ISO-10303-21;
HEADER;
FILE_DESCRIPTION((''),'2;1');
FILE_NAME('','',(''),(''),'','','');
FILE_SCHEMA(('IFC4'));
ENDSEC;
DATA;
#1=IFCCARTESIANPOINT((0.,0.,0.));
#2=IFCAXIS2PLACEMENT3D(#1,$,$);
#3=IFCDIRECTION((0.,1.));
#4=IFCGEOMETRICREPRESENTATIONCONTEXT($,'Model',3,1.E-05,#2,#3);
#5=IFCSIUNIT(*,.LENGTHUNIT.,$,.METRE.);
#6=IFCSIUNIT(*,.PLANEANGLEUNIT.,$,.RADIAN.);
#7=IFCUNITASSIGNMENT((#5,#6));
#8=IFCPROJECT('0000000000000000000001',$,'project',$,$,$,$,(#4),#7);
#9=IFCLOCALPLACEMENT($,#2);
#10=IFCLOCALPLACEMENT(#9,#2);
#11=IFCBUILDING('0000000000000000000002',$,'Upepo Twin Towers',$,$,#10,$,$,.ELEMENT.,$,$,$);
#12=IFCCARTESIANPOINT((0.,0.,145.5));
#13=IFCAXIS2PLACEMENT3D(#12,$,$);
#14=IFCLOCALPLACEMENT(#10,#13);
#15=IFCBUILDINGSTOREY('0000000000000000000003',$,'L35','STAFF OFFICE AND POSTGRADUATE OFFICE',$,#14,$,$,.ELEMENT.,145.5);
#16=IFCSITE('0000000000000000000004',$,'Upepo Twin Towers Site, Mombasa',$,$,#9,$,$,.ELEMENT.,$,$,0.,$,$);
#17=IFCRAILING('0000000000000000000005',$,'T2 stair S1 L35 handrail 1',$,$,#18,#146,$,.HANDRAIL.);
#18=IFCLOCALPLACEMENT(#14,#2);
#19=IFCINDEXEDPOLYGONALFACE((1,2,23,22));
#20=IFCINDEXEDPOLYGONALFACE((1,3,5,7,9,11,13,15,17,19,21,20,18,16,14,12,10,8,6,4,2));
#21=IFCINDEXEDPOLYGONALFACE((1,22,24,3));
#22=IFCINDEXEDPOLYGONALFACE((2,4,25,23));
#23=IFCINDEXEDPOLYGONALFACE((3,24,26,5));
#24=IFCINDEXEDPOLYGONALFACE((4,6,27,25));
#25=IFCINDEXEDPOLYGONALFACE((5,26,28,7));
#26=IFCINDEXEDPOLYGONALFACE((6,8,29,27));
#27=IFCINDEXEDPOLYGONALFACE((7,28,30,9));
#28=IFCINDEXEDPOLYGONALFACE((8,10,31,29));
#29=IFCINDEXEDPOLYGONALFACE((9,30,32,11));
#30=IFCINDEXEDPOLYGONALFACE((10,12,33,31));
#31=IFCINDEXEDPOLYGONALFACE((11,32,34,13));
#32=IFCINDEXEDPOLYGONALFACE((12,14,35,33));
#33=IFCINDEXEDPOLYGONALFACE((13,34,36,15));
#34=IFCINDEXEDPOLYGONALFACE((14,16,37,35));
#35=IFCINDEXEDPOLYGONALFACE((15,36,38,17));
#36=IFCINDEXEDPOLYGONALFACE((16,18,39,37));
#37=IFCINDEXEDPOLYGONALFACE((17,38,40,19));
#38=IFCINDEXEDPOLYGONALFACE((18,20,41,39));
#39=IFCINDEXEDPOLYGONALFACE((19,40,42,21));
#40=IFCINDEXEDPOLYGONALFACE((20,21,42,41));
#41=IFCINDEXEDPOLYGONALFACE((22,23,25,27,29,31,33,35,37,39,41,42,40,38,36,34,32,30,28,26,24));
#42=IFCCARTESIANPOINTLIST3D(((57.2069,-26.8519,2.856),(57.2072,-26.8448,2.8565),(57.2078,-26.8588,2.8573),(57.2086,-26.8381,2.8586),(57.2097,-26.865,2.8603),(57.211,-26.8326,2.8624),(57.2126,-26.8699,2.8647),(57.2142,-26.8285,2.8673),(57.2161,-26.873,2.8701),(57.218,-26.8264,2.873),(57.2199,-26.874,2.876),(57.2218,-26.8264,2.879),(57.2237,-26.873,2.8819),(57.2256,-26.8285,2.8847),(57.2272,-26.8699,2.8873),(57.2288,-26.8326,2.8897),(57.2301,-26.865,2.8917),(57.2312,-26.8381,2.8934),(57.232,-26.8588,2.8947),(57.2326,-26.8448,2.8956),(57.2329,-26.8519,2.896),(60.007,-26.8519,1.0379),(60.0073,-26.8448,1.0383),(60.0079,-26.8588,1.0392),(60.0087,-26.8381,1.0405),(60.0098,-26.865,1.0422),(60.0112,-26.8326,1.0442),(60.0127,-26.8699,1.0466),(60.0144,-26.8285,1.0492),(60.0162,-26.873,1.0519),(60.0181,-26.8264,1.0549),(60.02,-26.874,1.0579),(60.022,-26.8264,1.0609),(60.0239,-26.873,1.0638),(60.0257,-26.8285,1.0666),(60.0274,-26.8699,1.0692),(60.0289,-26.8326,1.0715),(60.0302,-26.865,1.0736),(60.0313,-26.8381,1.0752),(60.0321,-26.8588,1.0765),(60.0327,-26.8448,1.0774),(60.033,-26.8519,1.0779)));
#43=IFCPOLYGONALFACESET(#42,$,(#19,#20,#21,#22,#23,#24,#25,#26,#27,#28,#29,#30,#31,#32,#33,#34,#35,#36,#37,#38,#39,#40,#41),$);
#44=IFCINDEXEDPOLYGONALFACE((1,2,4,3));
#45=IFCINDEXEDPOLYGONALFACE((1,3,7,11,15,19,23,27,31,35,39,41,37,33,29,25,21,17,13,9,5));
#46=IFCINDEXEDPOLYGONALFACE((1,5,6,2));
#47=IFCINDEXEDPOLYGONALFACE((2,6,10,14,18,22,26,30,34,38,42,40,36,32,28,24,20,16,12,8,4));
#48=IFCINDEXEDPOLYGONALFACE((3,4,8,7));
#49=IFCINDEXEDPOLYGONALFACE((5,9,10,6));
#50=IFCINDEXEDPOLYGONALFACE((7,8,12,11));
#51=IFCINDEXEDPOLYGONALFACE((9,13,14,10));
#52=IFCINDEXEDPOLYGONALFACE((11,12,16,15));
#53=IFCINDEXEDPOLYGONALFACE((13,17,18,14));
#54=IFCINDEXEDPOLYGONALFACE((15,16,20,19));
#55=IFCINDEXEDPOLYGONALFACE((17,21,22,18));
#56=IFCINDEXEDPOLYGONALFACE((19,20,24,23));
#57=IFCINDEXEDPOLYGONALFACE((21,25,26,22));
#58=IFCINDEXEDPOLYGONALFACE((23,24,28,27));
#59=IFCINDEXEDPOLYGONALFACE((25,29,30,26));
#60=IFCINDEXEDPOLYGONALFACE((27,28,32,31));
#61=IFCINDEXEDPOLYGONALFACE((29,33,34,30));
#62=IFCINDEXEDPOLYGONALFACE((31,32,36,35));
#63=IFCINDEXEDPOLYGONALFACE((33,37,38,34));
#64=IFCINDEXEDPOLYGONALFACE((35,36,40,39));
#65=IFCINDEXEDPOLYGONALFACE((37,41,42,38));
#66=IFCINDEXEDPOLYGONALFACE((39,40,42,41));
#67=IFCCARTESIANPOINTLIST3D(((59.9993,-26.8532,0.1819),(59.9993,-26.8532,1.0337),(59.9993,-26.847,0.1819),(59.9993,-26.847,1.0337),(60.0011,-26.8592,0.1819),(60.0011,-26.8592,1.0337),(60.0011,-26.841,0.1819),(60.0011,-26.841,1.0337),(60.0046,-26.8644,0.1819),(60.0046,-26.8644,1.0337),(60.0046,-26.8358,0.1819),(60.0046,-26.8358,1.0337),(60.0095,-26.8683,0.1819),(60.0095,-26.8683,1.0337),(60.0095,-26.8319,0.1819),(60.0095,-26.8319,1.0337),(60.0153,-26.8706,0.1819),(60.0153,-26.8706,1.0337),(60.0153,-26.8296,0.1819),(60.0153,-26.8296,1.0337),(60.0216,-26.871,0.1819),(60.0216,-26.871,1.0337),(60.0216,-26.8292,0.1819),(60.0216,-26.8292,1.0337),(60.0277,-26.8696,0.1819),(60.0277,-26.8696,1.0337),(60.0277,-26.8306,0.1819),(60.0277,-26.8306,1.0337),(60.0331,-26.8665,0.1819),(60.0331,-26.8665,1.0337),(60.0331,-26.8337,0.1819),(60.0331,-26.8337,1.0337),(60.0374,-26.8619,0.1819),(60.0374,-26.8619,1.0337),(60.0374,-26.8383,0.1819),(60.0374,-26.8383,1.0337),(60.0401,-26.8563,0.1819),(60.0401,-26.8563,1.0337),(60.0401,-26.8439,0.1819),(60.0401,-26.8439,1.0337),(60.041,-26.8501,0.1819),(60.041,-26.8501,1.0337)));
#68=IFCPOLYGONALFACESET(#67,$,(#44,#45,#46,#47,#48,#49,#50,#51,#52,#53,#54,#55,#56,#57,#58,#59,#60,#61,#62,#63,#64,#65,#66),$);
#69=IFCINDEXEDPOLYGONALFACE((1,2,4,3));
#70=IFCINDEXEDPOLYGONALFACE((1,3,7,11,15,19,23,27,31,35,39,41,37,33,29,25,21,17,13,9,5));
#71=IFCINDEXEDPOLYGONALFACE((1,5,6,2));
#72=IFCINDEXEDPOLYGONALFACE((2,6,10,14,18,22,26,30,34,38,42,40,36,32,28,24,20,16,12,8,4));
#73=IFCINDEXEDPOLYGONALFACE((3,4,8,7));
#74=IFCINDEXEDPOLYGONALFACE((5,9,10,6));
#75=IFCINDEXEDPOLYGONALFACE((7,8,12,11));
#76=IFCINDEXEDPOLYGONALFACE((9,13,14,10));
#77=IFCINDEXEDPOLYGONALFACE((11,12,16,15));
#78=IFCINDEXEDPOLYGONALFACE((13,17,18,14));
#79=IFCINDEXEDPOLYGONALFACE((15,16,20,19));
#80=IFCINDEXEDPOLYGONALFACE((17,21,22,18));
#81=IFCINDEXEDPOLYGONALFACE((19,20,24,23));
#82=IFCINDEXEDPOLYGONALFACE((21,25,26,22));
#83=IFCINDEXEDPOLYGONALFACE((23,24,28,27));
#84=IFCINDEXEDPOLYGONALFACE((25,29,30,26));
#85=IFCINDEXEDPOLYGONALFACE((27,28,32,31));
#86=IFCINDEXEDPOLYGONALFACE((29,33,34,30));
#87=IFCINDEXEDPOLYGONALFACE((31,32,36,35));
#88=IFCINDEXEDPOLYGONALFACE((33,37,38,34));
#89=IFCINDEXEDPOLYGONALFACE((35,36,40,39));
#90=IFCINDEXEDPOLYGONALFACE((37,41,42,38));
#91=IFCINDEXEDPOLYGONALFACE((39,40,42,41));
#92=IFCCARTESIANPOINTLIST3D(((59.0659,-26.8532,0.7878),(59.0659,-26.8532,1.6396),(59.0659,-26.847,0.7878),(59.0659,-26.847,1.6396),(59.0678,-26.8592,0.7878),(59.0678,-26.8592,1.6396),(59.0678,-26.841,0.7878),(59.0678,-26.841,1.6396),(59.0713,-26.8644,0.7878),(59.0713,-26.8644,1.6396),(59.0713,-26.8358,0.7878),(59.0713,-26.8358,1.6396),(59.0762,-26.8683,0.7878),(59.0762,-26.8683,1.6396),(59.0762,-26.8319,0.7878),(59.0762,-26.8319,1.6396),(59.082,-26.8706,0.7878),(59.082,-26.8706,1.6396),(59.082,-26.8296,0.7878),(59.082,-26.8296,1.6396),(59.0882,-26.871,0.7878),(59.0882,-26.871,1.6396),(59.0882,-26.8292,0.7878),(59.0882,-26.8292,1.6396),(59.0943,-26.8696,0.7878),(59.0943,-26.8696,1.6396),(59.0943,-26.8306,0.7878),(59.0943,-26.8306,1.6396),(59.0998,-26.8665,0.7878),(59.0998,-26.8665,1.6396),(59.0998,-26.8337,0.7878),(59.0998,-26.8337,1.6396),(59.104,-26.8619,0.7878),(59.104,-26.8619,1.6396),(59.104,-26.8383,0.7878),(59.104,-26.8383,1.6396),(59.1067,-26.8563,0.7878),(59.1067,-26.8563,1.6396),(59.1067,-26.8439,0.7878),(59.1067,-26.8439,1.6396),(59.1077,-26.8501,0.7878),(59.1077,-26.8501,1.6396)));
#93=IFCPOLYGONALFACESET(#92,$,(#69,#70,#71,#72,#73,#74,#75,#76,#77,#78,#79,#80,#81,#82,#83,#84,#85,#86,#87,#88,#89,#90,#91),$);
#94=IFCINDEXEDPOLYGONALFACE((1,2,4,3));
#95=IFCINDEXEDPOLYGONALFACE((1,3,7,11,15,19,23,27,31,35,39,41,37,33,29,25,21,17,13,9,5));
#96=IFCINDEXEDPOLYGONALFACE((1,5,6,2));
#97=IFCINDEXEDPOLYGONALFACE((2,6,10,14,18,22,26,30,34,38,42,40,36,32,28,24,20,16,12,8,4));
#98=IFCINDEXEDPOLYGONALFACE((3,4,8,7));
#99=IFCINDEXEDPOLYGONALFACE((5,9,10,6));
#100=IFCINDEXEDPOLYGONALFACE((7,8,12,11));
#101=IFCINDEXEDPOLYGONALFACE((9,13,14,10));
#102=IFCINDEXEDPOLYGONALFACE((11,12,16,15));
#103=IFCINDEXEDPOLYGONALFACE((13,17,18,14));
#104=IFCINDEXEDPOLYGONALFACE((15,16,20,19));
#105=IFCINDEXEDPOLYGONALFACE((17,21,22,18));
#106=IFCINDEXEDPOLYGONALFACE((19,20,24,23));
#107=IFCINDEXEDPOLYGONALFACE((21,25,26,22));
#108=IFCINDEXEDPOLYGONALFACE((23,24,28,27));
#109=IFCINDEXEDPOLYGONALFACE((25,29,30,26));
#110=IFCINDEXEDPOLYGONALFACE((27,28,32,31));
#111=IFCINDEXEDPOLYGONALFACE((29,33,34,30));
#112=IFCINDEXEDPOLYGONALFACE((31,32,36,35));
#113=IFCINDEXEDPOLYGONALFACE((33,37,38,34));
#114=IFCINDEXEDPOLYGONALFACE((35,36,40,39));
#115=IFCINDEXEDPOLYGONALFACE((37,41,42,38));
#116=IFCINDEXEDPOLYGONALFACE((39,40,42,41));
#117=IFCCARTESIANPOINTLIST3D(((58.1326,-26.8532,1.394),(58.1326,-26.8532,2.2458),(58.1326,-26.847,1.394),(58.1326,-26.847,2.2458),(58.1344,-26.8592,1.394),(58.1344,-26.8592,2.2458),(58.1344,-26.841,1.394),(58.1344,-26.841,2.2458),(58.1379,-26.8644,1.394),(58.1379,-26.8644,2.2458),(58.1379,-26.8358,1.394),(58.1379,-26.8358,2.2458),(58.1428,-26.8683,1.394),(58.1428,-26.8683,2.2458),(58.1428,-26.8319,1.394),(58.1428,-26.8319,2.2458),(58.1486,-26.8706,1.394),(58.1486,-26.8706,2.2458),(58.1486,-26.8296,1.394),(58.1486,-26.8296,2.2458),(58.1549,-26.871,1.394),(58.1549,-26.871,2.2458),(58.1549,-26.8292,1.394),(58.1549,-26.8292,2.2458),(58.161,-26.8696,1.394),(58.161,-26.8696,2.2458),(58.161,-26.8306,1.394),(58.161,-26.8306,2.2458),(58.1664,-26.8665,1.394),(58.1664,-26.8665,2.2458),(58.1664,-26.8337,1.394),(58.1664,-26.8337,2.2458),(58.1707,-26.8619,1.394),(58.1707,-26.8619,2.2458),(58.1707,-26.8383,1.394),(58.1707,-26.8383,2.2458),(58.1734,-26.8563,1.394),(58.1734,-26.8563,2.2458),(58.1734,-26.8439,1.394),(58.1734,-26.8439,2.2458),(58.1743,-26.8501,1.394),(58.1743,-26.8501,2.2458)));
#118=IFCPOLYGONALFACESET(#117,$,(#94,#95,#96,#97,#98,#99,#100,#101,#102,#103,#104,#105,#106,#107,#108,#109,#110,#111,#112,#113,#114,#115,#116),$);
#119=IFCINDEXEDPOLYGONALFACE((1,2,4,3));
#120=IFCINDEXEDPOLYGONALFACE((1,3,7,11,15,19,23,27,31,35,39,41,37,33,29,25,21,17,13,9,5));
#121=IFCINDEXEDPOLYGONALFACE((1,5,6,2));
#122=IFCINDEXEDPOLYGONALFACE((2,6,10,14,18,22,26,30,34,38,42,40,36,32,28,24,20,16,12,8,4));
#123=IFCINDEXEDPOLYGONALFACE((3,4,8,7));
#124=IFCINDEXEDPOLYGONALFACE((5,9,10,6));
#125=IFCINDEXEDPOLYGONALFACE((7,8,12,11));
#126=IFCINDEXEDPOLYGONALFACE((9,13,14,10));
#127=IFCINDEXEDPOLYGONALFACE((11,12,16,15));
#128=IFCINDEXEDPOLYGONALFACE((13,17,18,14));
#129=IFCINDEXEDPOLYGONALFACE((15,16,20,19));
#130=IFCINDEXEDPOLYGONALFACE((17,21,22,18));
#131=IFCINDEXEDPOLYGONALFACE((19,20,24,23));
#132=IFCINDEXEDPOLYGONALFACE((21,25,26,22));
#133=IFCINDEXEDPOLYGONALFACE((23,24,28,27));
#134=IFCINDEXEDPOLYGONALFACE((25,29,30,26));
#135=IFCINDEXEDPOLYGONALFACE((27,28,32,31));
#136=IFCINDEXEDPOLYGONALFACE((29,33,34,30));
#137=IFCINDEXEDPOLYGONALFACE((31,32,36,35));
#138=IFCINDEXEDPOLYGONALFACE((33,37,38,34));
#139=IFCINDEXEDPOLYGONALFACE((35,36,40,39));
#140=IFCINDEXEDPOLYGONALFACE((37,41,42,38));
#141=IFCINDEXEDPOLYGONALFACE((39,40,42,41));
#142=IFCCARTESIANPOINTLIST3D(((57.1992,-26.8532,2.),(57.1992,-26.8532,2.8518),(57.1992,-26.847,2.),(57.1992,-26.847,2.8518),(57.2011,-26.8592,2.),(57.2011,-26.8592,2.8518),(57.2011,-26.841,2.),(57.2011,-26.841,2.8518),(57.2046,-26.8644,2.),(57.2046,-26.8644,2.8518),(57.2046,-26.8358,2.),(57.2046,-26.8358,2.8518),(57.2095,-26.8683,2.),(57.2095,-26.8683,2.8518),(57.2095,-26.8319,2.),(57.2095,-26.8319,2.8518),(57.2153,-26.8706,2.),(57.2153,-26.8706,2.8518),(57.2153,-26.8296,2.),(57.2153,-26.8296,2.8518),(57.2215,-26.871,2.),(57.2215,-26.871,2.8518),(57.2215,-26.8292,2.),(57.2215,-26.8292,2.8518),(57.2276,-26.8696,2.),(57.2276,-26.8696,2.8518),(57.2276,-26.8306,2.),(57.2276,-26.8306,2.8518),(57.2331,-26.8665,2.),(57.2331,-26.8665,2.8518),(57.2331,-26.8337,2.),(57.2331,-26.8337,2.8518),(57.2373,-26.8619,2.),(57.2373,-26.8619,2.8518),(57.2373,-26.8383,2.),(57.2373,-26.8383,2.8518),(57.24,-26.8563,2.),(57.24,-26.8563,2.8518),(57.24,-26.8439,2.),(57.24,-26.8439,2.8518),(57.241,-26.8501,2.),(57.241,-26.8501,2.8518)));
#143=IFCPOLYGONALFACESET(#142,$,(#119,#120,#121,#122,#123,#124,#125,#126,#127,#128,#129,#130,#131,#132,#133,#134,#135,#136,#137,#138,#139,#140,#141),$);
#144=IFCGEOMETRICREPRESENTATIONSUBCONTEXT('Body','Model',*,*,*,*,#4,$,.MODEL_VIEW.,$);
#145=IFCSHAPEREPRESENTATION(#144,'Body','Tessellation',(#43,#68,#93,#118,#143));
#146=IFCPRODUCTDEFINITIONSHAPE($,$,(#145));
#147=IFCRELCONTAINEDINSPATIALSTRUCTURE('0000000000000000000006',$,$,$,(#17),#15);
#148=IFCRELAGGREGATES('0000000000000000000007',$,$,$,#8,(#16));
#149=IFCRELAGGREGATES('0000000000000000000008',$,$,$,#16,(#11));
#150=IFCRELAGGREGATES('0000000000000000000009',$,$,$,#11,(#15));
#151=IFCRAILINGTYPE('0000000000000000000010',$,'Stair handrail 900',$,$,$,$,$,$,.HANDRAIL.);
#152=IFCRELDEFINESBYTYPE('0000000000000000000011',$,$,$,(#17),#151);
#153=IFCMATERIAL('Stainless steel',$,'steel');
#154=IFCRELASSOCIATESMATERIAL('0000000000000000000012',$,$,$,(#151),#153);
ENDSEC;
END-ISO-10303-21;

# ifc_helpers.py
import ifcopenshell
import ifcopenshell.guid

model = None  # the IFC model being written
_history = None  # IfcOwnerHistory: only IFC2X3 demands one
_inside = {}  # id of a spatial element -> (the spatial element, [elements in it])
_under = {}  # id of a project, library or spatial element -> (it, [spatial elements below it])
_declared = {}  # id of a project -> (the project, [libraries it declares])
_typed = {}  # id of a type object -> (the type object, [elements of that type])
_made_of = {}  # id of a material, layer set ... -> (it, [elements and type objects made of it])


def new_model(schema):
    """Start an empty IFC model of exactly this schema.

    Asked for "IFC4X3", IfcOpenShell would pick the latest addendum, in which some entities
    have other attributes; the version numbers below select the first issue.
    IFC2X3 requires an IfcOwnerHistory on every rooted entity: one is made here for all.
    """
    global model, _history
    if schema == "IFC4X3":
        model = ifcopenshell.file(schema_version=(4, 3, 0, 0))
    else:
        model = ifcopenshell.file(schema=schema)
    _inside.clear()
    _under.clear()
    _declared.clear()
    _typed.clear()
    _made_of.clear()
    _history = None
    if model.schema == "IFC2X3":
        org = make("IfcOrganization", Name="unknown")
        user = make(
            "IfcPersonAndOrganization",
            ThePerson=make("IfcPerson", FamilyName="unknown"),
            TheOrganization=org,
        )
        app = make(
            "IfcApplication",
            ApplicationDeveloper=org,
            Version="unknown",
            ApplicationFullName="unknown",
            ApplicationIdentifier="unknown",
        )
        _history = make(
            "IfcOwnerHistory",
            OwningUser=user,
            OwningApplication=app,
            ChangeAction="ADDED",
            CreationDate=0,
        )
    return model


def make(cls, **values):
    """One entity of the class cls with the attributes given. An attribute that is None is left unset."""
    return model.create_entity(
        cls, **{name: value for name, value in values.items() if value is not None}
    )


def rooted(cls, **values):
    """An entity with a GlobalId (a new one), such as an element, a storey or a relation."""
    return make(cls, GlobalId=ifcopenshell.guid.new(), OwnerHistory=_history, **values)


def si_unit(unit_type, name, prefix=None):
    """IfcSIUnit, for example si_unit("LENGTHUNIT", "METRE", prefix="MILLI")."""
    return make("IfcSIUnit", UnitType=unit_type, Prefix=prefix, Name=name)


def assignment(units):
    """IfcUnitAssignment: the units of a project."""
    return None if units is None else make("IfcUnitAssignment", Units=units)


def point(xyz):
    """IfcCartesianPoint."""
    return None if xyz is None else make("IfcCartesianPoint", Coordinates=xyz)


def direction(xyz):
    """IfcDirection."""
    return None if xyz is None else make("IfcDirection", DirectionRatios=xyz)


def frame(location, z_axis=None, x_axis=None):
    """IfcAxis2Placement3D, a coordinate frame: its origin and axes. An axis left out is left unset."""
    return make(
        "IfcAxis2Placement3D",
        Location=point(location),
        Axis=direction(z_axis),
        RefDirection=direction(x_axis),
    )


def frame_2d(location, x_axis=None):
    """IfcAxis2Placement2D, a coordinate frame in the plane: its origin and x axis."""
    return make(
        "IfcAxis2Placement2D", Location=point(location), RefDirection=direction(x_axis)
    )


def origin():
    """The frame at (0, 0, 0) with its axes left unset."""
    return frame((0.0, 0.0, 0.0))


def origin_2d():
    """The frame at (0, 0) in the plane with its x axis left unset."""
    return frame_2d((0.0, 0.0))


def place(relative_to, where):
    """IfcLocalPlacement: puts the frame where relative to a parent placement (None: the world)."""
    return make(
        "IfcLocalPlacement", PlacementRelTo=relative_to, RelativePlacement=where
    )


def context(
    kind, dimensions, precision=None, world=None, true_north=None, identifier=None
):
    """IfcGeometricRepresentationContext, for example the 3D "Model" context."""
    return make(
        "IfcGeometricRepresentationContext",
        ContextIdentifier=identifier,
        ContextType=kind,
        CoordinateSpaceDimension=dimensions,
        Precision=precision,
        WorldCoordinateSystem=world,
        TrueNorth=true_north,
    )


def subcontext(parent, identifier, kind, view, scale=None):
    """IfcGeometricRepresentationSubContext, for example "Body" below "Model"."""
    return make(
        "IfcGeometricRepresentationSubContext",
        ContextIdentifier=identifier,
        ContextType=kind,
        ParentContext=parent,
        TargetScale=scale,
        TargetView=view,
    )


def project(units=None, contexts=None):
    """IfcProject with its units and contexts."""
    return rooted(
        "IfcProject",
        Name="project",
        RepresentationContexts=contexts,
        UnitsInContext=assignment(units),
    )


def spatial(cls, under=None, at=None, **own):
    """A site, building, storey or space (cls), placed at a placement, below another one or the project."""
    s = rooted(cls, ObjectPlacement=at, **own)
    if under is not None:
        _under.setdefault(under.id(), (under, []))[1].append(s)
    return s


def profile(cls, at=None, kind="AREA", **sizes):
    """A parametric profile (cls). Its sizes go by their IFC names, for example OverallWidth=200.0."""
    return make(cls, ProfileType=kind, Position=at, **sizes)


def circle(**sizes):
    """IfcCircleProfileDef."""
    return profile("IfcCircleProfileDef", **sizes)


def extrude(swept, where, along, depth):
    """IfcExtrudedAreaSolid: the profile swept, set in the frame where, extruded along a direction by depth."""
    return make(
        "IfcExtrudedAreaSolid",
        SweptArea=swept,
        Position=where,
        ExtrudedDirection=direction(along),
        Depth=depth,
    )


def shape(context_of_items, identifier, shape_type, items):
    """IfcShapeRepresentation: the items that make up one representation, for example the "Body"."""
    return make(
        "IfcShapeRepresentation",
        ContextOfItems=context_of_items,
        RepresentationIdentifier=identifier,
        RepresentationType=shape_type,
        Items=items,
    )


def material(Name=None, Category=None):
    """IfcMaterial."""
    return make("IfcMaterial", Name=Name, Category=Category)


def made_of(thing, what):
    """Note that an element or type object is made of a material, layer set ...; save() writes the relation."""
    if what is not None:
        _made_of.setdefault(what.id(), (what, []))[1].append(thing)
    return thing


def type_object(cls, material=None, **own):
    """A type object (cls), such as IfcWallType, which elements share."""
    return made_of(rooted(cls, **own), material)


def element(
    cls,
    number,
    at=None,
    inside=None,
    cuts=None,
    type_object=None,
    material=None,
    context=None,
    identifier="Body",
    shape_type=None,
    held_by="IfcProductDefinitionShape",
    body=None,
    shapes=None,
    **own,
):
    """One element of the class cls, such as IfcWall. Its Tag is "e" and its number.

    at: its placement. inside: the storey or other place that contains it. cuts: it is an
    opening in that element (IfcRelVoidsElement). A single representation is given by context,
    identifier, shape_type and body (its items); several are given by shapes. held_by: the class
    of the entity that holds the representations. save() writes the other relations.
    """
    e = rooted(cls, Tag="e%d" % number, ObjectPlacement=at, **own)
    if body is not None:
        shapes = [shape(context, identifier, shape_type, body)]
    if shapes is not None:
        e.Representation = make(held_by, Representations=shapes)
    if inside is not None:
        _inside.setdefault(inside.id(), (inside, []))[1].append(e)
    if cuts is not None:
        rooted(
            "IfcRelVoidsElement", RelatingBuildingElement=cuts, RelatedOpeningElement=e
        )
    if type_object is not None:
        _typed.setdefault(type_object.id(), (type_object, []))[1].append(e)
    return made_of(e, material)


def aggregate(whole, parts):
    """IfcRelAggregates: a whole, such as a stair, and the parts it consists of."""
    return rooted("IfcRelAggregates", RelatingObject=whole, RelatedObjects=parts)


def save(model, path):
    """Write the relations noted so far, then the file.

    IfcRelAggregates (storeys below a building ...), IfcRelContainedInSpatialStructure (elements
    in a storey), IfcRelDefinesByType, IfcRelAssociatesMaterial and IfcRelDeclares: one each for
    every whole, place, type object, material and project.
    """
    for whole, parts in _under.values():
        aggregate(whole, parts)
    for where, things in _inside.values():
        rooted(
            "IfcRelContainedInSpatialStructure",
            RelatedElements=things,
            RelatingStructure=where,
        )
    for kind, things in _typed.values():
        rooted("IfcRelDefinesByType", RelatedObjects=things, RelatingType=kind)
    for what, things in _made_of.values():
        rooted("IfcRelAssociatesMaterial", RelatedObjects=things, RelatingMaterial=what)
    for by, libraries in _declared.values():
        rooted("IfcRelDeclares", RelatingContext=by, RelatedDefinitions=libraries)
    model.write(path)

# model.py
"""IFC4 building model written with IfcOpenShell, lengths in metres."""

from ifc_helpers import new_model, si_unit, direction, frame, origin, origin_2d, place, context, subcontext, project, spatial, circle, extrude, material, type_object, element, save


model = new_model("IFC4")

# Units and contexts
model_context = context("Model", 3, precision=1e-05, world=origin(), true_north=direction((0.0, 1.0)))
body_context = subcontext(model_context, "Body", "Model", "MODEL_VIEW")
ifc_project = project(units=[si_unit("LENGTHUNIT", "METRE"), si_unit("PLANEANGLEUNIT", "RADIAN")], contexts=[model_context])

# Site, building, storey
site_placement = place(None, origin())
site = spatial("IfcSite", under=ifc_project, at=site_placement, Name="Upepo Twin Towers Site, Mombasa", CompositionType="ELEMENT", RefElevation=0.0)
building_placement = place(site_placement, origin())
building = spatial("IfcBuilding", under=site, at=building_placement, Name="Upepo Twin Towers", CompositionType="ELEMENT")
storey_placement = place(building_placement, frame((0.0, 0.0, 145.5)))
storey = spatial("IfcBuildingStorey", under=building, at=storey_placement, Name="L35", Description="STAFF OFFICE AND POSTGRADUATE OFFICE", CompositionType="ELEMENT", Elevation=145.5)

# Railing
ifc_material_1 = material(Name="Stainless steel", Category="steel")
railing_type = type_object("IfcRailingType", Name="Stair handrail 900", PredefinedType="HANDRAIL", material=ifc_material_1)
railing_1_placement = place(storey_placement, frame((60.02, -26.8501, 0.1819)))
element("IfcRailing", 1, at=railing_1_placement, inside=storey, type_object=railing_type, Name="T2 stair S1 L35 handrail 1", PredefinedType="HANDRAIL", context=body_context, shape_type="SweptSolid", body=[
    extrude(circle(Radius=0.0239, at=origin_2d()), frame((0.0, 0.0, 0.876), z_axis=(-0.838706, 0.0, 0.544585), x_axis=(0.0, -1.0, 0.0)), (0.0, 0.0, 1.0), 3.3386),
    extrude(circle(Radius=0.021, at=origin_2d()), origin(), (0.0, 0.0, 1.0), 0.8518),
    extrude(circle(Radius=0.021, at=origin_2d()), frame((-0.9333, 0.0, 0.606)), (0.0, 0.0, 1.0), 0.8518),
    extrude(circle(Radius=0.021, at=origin_2d()), frame((-1.8667, 0.0, 1.2122)), (0.0, 0.0, 1.0), 0.8518),
    extrude(circle(Radius=0.021, at=origin_2d()), frame((-2.8, 0.0, 1.8181)), (0.0, 0.0, 1.0), 0.8518),
])

save(model, "model.ifc")
